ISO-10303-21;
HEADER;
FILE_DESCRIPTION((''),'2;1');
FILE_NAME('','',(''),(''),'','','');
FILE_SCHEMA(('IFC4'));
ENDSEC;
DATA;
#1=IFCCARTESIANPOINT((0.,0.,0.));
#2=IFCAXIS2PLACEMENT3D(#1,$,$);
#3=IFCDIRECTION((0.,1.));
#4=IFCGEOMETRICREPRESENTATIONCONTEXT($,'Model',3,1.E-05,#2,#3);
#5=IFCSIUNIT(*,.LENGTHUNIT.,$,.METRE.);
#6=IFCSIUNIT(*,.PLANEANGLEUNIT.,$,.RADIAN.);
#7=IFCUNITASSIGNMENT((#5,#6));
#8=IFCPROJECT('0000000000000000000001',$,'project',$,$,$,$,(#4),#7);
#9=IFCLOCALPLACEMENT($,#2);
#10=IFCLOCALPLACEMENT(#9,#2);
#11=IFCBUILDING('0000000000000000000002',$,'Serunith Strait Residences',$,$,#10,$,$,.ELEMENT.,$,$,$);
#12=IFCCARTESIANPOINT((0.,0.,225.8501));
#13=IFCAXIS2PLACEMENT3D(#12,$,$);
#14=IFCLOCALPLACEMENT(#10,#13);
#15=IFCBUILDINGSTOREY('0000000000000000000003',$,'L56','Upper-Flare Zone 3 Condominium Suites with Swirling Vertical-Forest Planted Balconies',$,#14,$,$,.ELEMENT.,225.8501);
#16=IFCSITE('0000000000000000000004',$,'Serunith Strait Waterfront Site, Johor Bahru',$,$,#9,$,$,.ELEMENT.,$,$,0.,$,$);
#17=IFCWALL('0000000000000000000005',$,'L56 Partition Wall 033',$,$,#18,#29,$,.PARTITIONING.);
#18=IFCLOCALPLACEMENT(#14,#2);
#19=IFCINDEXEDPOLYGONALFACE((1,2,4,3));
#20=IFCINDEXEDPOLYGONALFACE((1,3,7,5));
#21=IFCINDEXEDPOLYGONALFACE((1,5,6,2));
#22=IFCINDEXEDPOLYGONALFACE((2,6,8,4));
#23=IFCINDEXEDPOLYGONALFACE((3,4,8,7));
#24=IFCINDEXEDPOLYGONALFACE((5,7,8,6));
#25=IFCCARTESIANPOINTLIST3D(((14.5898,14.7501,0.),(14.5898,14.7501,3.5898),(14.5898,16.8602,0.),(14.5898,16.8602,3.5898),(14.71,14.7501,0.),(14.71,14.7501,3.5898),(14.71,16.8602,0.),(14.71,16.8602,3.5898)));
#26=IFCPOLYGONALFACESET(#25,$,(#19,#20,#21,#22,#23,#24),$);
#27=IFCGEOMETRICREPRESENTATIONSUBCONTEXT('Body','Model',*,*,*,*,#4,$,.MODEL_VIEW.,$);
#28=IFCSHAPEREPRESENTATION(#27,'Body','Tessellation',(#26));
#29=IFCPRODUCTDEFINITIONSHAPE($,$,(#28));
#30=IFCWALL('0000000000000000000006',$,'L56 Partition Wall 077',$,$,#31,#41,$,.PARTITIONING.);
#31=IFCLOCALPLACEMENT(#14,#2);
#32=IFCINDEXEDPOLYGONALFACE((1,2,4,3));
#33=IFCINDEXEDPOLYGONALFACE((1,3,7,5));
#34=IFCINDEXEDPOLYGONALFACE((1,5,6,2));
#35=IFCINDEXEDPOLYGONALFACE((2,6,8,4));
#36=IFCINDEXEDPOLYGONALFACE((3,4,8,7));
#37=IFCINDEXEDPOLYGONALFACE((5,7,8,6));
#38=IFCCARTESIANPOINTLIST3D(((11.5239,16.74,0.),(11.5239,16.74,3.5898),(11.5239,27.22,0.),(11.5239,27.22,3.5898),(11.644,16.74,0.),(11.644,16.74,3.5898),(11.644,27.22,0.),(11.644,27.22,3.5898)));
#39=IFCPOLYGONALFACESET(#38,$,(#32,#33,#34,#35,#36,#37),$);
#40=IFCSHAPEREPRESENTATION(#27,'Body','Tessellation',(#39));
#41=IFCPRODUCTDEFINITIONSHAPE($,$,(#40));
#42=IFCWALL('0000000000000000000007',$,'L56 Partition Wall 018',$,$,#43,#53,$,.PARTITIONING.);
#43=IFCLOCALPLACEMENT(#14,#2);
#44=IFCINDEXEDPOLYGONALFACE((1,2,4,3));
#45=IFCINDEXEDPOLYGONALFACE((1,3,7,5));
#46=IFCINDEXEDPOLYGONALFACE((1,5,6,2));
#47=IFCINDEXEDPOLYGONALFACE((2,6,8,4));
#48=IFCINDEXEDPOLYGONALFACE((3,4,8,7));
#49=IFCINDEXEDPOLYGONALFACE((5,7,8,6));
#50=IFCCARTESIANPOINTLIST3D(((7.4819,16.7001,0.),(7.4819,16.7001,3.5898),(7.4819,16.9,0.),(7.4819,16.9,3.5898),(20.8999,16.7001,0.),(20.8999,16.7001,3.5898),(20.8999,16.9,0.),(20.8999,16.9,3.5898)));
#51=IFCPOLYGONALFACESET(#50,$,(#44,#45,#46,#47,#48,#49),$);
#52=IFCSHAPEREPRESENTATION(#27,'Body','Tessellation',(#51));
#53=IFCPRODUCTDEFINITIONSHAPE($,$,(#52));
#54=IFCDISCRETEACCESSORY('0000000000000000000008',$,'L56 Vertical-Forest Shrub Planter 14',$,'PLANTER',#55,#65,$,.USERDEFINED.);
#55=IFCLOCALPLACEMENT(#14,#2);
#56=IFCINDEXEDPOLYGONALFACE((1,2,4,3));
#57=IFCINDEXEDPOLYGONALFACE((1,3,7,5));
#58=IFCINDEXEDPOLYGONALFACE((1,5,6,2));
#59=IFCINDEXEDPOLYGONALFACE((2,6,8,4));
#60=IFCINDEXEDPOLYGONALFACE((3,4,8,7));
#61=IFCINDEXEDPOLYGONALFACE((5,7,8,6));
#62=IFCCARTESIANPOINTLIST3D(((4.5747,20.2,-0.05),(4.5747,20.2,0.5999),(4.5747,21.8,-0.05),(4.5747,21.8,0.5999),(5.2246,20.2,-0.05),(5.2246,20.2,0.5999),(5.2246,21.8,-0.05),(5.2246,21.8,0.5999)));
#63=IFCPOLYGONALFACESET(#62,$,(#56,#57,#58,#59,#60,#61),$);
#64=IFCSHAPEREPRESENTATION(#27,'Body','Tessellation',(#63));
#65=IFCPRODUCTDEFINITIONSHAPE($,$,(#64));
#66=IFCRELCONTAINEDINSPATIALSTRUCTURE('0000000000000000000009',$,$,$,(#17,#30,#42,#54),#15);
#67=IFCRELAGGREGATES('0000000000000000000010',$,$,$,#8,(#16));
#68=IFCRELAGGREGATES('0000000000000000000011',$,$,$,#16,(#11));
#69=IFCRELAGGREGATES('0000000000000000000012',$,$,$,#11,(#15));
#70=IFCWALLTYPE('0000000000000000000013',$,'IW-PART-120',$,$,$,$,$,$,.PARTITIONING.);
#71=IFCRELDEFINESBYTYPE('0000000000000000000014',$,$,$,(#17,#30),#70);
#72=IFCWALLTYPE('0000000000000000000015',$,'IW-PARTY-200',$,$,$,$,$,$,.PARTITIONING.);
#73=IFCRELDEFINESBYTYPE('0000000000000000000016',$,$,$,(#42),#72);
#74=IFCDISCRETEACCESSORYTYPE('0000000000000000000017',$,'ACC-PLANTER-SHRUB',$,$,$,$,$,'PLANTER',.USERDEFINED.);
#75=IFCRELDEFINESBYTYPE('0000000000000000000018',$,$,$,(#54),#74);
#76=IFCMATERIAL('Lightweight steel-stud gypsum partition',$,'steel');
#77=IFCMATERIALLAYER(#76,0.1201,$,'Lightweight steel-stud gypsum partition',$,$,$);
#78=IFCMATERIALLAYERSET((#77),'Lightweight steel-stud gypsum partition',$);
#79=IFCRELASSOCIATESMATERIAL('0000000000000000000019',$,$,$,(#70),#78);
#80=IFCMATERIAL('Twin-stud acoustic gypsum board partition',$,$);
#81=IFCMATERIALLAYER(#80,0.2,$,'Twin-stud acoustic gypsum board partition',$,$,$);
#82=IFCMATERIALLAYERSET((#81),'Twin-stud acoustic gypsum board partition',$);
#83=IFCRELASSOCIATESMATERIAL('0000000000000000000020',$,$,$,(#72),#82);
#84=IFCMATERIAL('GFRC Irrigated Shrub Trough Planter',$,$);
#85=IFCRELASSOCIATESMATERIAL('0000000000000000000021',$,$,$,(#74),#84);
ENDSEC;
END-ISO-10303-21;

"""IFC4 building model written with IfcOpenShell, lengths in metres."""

from ifc_helpers import new_model, si_unit, direction, frame, frame_2d, origin, origin_2d, place, context, subcontext, project, spatial, rectangle, extrude, source, transform, mapped, material, layer, layer_set, type_object, element, save


model = new_model("IFC4")

# Units and contexts
model_context = context("Model", 3, precision=1e-05, world=origin(), true_north=direction((0.0, 1.0)))
body_context = subcontext(model_context, "Body", "Model", "MODEL_VIEW")
ifc_project = project(units=[si_unit("LENGTHUNIT", "METRE"), si_unit("PLANEANGLEUNIT", "RADIAN")], contexts=[model_context])

# Site, building, storey
site_placement = place(None, origin())
site = spatial("IfcSite", under=ifc_project, at=site_placement, Name="Serunith Strait Waterfront Site, Johor Bahru", CompositionType="ELEMENT", RefElevation=0.0)
building_placement = place(site_placement, origin())
building = spatial("IfcBuilding", under=site, at=building_placement, Name="Serunith Strait Residences", CompositionType="ELEMENT")
storey_placement = place(building_placement, frame((0.0, 0.0, 225.8501)))
storey = spatial("IfcBuildingStorey", under=building, at=storey_placement, Name="L56", Description="Upper-Flare Zone 3 Condominium Suites with Swirling Vertical-Forest Planted Balconies", CompositionType="ELEMENT", Elevation=225.8501)

# Walls
ifc_material_1 = material(Name="Lightweight steel-stud gypsum partition", Category="steel")
ifc_layer_1 = layer(ifc_material_1, 0.1201, Name="Lightweight steel-stud gypsum partition")
ifc_layer_set_1 = layer_set([ifc_layer_1], Name="Lightweight steel-stud gypsum partition")
wall_type_1 = type_object("IfcWallType", Name="IW-PART-120", PredefinedType="PARTITIONING", material=ifc_layer_set_1)
wall_1_placement = place(storey_placement, frame((14.6499, 14.75, 0.0), z_axis=(0.0, 0.0, 1.0), x_axis=(0.0, 1.0, 0.0)))
element("IfcWall", 1, at=wall_1_placement, inside=storey, type_object=wall_type_1, Name="L56 Partition Wall 033", PredefinedType="PARTITIONING", context=body_context, shape_type="SweptSolid", body=[
    extrude(rectangle(XDim=2.1101, YDim=0.1201, at=frame_2d((1.0552, 0.0))), origin(), (0.0, 0.0, 1.0), 3.5898),
])
wall_2_placement = place(storey_placement, frame((11.584, 16.74, 0.0), z_axis=(0.0, 0.0, 1.0), x_axis=(0.0, 1.0, 0.0)))
element("IfcWall", 2, at=wall_2_placement, inside=storey, type_object=wall_type_1, Name="L56 Partition Wall 077", PredefinedType="PARTITIONING", context=body_context, shape_type="SweptSolid", body=[
    extrude(rectangle(XDim=10.48, YDim=0.1201, at=frame_2d((5.24, 0.0))), origin(), (0.0, 0.0, 1.0), 3.5898),
])
ifc_material_2 = material(Name="Twin-stud acoustic gypsum board partition")
ifc_layer_2 = layer(ifc_material_2, 0.2, Name="Twin-stud acoustic gypsum board partition")
ifc_layer_set_2 = layer_set([ifc_layer_2], Name="Twin-stud acoustic gypsum board partition")
wall_type_2 = type_object("IfcWallType", Name="IW-PARTY-200", PredefinedType="PARTITIONING", material=ifc_layer_set_2)
wall_3_placement = place(storey_placement, frame((7.4819, 16.8, 0.0), z_axis=(0.0, 0.0, 1.0), x_axis=(1.0, 0.0, 0.0)))
element("IfcWall", 3, at=wall_3_placement, inside=storey, type_object=wall_type_2, Name="L56 Partition Wall 018", PredefinedType="PARTITIONING", context=body_context, shape_type="SweptSolid", body=[
    extrude(rectangle(XDim=13.418, YDim=0.2, at=frame_2d((6.709, 0.0))), origin(), (0.0, 0.0, 1.0), 3.5898),
])

# Discrete accessory
ifc_material_3 = material(Name="GFRC Irrigated Shrub Trough Planter")
discrete_accessory_type = type_object("IfcDiscreteAccessoryType", Name="ACC-PLANTER-SHRUB", ElementType="PLANTER", PredefinedType="USERDEFINED", material=ifc_material_3)
shared_shape_1 = source(origin(), body_context, "Body", "SweptSolid", [
    extrude(rectangle(XDim=1.6001, YDim=0.6499, at=origin_2d()), origin(), (0.0, 0.0, 1.0), 0.6499),
])
discrete_accessory_placement = place(storey_placement, frame((4.8997, 21.0, -0.05), z_axis=(0.0, 0.0, 1.0), x_axis=(0.0, -1.0, 0.0)))
element("IfcDiscreteAccessory", 4, at=discrete_accessory_placement, inside=storey, type_object=discrete_accessory_type, Name="L56 Vertical-Forest Shrub Planter 14", ObjectType="PLANTER", PredefinedType="USERDEFINED", context=body_context, shape_type="MappedRepresentation", body=[
    mapped(shared_shape_1, transform((0.0, 0.0, 0.0), scale=1.0)),
])

save(model, "model.ifc")
